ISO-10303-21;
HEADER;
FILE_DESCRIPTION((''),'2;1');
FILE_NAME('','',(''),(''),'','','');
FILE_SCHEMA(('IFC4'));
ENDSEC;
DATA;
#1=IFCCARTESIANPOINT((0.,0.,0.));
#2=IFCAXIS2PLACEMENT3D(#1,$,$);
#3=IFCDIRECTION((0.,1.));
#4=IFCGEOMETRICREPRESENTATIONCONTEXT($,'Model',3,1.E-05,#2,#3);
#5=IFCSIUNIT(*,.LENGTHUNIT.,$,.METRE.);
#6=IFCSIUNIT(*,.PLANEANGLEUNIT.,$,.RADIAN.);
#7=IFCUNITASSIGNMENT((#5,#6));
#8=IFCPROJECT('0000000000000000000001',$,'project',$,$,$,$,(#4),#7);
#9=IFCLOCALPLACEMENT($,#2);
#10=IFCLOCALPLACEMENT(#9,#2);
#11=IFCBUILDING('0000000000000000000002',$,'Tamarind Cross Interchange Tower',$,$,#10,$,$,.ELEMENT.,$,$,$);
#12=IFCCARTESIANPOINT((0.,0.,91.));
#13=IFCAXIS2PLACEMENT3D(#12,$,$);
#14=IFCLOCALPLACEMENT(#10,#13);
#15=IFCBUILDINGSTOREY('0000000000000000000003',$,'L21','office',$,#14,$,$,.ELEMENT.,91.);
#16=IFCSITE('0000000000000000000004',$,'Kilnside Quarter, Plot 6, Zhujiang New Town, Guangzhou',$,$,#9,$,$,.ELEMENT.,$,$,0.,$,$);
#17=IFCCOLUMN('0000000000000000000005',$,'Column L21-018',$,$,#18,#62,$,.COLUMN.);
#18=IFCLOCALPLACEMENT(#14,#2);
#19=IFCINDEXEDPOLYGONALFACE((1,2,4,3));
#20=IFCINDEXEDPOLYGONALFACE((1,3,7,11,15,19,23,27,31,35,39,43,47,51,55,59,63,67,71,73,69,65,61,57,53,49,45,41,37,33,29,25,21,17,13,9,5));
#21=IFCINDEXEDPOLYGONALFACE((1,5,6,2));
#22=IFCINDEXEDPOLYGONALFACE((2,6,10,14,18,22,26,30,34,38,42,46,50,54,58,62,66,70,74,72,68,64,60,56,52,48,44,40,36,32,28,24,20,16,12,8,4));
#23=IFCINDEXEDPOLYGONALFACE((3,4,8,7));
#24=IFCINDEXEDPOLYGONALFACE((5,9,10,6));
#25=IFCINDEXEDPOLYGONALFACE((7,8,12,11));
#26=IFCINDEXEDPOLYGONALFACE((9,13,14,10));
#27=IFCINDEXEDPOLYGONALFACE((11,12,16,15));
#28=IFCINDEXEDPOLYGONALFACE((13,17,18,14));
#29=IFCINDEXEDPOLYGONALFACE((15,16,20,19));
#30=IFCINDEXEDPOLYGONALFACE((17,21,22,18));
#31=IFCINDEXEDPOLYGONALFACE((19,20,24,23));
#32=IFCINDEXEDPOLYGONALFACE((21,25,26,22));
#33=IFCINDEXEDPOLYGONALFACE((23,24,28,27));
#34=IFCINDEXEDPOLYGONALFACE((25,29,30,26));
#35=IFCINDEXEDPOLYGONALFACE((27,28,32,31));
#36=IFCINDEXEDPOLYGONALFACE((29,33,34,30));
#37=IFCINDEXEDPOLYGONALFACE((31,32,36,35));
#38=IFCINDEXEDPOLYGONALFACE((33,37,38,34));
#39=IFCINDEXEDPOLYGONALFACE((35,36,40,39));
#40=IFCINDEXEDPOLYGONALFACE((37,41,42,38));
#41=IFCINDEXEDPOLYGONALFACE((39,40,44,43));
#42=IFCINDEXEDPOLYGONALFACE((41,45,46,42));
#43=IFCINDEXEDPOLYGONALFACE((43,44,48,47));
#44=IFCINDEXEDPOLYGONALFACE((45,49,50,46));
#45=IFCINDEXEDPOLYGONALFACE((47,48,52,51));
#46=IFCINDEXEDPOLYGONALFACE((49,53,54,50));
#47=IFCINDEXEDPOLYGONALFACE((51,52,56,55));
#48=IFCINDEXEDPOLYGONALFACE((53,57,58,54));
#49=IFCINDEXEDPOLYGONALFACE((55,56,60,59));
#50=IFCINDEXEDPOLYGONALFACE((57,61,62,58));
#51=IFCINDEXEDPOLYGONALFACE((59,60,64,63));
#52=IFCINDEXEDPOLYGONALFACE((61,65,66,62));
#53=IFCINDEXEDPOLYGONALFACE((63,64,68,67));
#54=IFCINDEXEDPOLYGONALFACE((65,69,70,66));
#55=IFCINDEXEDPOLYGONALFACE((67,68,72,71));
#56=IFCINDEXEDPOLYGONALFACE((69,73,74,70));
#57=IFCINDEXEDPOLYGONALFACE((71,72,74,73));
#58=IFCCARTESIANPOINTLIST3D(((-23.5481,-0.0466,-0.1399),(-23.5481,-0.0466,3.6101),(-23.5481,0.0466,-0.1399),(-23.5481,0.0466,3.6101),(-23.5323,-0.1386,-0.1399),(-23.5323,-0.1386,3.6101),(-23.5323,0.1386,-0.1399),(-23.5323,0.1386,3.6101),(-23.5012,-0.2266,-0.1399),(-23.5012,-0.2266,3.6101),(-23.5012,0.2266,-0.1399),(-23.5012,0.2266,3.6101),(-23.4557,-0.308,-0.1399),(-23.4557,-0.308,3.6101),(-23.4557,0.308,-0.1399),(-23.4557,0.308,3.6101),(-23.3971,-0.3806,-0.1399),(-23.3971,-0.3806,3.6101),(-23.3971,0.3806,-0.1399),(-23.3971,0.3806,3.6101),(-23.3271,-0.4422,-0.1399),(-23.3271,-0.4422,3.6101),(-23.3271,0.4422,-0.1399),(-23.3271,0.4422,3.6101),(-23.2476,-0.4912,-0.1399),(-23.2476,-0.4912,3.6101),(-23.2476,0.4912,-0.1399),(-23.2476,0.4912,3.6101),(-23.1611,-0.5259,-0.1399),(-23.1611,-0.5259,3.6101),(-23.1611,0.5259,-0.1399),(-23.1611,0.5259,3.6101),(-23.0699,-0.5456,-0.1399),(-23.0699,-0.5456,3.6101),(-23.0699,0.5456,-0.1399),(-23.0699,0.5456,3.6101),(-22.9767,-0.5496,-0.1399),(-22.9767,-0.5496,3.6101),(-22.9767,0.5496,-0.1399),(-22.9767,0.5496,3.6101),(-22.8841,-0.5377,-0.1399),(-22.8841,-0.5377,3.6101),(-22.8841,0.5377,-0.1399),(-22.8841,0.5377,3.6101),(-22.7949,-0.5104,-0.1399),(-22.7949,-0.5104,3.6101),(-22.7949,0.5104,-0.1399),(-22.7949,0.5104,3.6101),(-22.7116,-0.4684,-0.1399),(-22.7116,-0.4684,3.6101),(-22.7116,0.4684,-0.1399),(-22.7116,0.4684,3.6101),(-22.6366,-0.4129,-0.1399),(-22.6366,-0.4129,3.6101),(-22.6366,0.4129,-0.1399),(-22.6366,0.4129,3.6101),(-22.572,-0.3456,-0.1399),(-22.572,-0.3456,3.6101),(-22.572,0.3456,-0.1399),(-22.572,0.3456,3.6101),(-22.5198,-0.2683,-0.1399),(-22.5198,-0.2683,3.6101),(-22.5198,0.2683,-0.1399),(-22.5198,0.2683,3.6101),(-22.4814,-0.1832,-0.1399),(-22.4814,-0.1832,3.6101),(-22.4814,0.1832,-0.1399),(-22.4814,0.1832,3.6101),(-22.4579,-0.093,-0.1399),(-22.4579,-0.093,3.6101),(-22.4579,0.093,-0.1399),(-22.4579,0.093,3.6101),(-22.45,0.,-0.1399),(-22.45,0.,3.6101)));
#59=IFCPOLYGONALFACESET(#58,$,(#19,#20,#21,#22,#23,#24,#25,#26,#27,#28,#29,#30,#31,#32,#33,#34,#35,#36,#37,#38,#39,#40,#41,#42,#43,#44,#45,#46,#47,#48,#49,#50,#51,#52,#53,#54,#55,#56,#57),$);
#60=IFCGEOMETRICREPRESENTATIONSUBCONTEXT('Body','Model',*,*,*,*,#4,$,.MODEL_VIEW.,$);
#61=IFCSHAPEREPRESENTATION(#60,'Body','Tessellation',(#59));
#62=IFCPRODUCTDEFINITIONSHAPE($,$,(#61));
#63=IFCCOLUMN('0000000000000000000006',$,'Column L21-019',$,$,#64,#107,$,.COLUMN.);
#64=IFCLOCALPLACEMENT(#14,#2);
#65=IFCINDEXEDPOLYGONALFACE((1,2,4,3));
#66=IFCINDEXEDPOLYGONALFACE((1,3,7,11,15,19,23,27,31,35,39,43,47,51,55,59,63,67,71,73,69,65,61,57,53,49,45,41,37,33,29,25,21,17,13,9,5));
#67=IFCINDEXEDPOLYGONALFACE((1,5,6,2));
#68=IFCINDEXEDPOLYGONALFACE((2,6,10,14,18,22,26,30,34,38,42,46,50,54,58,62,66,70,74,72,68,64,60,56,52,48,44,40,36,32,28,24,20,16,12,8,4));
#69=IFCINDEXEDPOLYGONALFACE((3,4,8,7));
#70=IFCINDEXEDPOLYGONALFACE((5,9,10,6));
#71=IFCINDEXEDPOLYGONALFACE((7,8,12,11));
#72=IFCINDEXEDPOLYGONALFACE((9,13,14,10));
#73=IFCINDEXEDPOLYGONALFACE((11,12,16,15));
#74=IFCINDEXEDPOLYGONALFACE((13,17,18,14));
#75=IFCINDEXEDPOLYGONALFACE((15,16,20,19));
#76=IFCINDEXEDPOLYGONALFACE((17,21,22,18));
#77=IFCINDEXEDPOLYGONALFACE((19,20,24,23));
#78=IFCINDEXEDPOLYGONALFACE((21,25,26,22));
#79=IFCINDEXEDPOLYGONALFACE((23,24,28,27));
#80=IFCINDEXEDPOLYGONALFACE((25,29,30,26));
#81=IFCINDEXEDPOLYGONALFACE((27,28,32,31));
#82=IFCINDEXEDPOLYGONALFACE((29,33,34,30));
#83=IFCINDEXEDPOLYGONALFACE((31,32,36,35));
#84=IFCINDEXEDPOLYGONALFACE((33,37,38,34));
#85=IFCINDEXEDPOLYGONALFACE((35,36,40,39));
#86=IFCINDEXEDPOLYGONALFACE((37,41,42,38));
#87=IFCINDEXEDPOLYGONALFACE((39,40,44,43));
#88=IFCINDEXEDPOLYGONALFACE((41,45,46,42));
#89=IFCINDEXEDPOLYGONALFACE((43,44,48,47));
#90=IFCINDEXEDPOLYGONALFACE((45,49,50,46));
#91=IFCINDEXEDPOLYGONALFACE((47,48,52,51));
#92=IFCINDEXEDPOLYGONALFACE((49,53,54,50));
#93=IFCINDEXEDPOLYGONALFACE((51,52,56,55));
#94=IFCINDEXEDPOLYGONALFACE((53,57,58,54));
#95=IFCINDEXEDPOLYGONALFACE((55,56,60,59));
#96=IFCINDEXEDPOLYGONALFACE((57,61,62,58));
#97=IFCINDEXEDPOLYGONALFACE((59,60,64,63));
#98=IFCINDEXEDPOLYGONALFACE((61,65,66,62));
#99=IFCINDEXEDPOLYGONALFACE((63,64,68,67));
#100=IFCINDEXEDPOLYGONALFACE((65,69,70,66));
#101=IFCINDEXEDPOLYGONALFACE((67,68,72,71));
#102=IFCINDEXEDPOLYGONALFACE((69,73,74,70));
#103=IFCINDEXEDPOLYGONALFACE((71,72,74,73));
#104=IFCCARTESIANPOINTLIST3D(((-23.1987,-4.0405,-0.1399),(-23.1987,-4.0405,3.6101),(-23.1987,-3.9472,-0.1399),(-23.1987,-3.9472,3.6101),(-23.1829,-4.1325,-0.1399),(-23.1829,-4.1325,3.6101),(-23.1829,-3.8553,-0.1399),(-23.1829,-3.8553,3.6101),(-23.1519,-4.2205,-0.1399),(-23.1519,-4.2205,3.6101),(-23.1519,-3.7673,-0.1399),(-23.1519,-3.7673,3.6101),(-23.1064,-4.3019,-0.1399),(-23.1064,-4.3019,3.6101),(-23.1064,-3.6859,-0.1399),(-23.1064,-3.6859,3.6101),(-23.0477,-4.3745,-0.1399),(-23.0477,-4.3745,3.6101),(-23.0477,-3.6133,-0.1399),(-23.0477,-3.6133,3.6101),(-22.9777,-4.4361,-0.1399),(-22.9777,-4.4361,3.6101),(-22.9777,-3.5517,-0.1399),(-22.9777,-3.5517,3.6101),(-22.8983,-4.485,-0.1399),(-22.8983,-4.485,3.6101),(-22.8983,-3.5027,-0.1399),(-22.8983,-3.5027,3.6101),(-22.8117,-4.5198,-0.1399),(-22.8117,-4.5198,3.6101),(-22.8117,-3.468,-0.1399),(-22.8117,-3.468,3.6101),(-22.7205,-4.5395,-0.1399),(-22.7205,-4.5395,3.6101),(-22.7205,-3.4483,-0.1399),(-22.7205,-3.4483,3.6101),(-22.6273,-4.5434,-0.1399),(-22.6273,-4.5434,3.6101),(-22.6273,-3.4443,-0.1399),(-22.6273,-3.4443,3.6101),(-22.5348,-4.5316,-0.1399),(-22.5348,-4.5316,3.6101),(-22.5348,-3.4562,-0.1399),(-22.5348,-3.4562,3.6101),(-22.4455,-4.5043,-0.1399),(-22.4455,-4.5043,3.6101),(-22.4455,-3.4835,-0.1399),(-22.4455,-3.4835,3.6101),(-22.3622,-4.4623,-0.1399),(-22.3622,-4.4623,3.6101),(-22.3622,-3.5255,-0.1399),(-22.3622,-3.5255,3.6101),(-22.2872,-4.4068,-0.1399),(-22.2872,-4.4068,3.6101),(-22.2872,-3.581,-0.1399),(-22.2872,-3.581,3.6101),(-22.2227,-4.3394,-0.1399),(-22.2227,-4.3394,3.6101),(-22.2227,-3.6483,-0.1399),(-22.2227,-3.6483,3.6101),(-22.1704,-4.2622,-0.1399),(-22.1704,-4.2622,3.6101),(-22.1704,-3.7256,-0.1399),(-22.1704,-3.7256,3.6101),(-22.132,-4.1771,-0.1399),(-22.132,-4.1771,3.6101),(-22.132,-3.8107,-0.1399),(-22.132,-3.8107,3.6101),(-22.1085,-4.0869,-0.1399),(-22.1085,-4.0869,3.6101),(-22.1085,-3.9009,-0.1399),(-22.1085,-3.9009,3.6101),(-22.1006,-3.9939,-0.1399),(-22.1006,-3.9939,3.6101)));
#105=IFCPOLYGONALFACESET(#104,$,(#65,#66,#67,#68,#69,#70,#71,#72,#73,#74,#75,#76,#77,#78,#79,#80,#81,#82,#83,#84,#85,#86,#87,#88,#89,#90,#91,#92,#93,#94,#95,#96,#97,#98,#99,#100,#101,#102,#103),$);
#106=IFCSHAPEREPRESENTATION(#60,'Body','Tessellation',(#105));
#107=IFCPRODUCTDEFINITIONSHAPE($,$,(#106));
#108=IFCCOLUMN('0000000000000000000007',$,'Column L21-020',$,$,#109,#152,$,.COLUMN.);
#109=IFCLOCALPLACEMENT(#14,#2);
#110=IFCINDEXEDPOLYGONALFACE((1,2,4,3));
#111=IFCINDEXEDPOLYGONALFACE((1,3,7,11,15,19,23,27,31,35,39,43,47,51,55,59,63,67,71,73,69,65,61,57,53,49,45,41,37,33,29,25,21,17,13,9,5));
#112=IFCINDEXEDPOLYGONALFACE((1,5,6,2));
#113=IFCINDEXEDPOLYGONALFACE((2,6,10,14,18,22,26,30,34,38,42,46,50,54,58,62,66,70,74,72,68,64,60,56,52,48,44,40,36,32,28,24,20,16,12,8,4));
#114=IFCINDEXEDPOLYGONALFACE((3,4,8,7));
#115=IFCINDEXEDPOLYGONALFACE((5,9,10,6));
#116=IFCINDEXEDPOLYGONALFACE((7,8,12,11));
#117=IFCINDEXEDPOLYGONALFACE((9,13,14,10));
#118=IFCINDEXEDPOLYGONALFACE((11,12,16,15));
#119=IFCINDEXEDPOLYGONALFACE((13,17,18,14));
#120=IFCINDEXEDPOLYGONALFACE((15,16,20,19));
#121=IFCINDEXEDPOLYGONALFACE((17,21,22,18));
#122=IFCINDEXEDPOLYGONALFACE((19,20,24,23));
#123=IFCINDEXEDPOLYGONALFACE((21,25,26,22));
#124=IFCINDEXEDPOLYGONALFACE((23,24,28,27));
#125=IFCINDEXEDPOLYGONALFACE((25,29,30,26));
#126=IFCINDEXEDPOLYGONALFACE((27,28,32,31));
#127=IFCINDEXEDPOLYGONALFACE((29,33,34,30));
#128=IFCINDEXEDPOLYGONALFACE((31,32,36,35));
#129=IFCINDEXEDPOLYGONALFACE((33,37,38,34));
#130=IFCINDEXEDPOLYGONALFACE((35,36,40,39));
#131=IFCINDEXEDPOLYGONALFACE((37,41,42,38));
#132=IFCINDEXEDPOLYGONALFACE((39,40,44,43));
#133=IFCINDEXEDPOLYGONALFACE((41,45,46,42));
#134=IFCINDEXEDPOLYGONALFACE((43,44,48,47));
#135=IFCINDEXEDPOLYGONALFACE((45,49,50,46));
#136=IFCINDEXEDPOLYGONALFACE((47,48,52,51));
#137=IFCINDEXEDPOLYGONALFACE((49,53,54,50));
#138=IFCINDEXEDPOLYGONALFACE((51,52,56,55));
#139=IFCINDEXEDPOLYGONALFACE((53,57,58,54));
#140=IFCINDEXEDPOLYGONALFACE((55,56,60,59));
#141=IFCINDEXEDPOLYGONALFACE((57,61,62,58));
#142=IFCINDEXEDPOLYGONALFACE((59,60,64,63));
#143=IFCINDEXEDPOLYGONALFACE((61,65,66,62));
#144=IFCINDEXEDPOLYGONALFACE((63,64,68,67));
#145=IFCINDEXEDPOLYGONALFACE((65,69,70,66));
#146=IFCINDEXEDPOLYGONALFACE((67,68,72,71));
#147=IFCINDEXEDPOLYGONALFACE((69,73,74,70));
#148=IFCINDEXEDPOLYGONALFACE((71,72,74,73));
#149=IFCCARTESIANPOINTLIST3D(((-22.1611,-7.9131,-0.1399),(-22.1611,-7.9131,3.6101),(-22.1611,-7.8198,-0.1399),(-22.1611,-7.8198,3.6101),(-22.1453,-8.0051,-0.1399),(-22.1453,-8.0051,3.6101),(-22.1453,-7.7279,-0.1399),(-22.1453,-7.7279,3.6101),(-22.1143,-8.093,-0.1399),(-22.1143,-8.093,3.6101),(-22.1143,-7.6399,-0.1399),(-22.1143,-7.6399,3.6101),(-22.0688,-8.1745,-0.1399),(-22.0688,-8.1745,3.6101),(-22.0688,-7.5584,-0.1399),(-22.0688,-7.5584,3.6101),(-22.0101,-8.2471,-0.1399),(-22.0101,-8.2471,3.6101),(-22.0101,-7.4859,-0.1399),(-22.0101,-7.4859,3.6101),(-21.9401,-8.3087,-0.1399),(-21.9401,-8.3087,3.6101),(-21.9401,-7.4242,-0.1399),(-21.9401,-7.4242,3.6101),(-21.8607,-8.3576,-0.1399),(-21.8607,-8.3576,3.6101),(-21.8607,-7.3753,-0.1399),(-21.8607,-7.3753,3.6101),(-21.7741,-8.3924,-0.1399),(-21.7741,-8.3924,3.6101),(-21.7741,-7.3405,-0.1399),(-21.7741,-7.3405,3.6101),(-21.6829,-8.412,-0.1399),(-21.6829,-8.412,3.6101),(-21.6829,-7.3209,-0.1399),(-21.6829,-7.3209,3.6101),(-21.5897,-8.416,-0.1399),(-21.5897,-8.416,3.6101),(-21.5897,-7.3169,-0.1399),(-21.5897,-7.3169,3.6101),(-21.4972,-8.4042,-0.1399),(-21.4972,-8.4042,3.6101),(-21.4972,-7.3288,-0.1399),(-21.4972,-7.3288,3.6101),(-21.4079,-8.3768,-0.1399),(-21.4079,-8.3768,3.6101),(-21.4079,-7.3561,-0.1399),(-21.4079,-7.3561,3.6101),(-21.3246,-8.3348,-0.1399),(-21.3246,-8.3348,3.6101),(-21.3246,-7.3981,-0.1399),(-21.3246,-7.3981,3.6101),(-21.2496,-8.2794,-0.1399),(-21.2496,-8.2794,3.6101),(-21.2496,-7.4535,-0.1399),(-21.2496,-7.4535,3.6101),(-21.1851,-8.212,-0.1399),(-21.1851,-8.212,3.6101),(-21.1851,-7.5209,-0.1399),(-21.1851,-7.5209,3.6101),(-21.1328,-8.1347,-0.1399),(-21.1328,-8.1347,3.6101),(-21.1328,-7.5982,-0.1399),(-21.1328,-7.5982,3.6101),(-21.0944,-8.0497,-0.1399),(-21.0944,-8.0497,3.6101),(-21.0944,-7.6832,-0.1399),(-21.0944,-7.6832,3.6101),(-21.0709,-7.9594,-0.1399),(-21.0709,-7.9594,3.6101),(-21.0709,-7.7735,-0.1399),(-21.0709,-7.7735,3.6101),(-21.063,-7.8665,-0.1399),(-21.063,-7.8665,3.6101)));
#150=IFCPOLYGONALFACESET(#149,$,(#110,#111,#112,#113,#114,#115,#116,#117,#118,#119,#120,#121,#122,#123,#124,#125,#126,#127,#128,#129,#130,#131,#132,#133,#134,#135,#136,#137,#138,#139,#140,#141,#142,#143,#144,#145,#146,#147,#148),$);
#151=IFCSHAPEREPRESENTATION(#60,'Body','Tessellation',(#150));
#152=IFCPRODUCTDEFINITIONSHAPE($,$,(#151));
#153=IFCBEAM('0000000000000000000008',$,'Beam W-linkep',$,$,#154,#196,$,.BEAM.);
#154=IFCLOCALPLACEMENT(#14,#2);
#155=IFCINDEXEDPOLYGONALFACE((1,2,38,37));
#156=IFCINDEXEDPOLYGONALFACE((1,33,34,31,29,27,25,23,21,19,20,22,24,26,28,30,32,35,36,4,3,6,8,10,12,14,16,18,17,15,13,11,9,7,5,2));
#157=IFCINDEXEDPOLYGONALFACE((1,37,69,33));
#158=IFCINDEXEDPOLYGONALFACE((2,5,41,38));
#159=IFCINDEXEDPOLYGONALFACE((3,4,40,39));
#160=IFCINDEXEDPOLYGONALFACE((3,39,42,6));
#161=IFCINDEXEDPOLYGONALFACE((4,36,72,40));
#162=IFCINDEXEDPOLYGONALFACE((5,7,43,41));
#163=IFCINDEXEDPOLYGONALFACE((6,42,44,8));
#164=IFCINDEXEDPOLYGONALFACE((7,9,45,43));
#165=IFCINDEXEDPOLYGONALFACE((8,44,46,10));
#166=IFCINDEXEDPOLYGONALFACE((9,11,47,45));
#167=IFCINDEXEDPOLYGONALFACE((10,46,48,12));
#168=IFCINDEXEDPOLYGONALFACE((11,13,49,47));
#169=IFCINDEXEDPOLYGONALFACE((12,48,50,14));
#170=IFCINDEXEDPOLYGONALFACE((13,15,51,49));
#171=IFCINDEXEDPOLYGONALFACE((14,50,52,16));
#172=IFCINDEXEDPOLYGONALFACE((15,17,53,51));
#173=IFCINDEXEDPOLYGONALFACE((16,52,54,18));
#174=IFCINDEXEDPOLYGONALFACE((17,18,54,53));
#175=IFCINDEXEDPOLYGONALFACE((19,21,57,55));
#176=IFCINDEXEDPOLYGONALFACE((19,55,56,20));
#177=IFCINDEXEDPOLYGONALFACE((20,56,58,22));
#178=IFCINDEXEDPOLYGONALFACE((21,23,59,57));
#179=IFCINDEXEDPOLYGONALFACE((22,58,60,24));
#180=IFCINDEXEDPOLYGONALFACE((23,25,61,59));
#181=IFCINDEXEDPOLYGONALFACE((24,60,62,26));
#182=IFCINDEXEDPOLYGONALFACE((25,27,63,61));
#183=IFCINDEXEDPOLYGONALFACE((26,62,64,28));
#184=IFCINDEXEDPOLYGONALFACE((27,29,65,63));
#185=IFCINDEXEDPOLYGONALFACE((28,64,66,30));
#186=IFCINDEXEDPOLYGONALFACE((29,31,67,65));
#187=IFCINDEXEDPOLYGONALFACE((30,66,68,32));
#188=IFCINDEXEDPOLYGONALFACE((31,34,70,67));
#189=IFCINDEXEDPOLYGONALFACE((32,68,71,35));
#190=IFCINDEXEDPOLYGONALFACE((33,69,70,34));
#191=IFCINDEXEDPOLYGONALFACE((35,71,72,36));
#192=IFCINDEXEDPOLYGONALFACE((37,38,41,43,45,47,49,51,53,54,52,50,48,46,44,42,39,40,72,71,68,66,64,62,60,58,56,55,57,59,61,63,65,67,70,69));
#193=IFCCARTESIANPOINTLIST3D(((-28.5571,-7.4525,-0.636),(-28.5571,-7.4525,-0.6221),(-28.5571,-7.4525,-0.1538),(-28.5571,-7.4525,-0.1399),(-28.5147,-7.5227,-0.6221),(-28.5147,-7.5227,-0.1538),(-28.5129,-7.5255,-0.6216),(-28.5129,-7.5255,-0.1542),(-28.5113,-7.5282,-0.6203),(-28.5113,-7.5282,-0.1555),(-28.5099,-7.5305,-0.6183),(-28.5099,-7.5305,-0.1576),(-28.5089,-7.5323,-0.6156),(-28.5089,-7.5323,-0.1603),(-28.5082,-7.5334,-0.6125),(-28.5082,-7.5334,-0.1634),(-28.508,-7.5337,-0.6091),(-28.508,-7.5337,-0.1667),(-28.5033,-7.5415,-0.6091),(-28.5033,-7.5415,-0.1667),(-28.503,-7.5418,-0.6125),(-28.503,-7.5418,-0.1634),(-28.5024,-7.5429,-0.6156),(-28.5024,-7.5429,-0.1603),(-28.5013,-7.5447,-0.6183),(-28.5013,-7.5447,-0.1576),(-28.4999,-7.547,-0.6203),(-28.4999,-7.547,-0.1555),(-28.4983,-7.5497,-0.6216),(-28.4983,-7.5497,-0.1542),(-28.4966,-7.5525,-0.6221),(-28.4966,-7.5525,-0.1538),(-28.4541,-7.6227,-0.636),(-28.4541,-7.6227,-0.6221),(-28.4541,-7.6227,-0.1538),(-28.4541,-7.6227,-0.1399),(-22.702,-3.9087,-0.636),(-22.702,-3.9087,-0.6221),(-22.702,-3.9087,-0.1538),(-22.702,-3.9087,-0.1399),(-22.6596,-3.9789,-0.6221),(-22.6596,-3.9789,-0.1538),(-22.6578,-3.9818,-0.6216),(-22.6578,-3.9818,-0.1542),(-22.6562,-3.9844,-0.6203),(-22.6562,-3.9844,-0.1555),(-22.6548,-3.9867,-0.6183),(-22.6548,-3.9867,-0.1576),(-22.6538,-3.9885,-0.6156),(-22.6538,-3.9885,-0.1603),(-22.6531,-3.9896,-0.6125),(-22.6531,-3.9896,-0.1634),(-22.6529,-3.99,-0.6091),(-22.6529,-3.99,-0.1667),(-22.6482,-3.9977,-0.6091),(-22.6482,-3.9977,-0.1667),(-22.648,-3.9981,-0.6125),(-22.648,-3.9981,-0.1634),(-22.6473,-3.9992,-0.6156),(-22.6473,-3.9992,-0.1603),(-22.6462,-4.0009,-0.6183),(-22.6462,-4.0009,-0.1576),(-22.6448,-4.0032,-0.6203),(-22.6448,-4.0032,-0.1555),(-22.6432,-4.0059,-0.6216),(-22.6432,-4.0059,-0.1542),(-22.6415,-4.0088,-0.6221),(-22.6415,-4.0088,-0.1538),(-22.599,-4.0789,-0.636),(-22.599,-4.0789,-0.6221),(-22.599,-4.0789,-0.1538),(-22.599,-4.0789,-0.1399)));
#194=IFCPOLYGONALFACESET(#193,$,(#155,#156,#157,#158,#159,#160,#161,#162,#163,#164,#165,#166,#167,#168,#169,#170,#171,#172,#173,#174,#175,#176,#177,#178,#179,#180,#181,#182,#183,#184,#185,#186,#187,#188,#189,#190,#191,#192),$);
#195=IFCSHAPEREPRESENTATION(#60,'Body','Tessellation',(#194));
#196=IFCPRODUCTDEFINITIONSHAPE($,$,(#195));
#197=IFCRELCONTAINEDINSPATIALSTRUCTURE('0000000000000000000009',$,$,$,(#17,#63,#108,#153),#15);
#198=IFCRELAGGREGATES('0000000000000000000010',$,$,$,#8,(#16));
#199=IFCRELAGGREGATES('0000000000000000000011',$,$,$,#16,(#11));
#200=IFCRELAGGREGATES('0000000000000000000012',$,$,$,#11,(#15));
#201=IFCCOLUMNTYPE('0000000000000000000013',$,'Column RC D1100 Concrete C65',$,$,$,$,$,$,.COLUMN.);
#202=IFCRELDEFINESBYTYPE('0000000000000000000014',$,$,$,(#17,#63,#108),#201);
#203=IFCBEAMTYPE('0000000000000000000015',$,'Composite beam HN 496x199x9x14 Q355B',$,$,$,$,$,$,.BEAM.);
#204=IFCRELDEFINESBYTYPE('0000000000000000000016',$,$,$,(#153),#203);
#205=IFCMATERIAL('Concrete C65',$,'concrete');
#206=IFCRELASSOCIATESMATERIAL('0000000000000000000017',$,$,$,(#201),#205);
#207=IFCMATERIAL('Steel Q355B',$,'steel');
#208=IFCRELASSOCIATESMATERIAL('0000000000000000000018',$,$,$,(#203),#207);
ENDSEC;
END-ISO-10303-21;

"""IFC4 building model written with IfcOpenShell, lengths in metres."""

from ifc_helpers import new_model, si_unit, direction, frame, origin, origin_2d, place, context, subcontext, project, spatial, circle, i_section, extrude, material, material_profile, profile_set, type_object, element, save


model = new_model("IFC4")

# Units and contexts
model_context = context("Model", 3, precision=1e-05, world=origin(), true_north=direction((0.0, 1.0)))
body_context = subcontext(model_context, "Body", "Model", "MODEL_VIEW")
ifc_project = project(units=[si_unit("LENGTHUNIT", "METRE"), si_unit("PLANEANGLEUNIT", "RADIAN")], contexts=[model_context])

# Site, building, storey
site_placement = place(None, origin())
site = spatial("IfcSite", under=ifc_project, at=site_placement, Name="Kilnside Quarter, Plot 6, Zhujiang New Town, Guangzhou", CompositionType="ELEMENT", RefElevation=0.0)
building_placement = place(site_placement, origin())
building = spatial("IfcBuilding", under=site, at=building_placement, Name="Tamarind Cross Interchange Tower", CompositionType="ELEMENT")
storey_placement = place(building_placement, frame((0.0, 0.0, 91.0)))
storey = spatial("IfcBuildingStorey", under=building, at=storey_placement, Name="L21", Description="office", CompositionType="ELEMENT", Elevation=91.0)

# Columns
ifc_material_1 = material(Name="Concrete C65", Category="concrete")
ifc_material_profile_1 = material_profile(ifc_material_1, circle(Radius=0.55, at=origin_2d()), Name="RC D1100")
ifc_profile_set_1 = profile_set([ifc_material_profile_1], Name="Concrete C65")
column_type = type_object("IfcColumnType", Name="Column RC D1100 Concrete C65", PredefinedType="COLUMN", material=ifc_profile_set_1)
for number, where, z_axis, x_axis, name in (
    (1, (-23.0, 0.0, -0.1399), (0.0, 0.0, 1.0), (1.0, 0.0, 0.0), "Column L21-018"),
    (2, (-22.6506, -3.9939, -0.1399), (0.0, 0.0, 1.0), (1.0, 0.0, 0.0), "Column L21-019"),
    (3, (-21.613, -7.8665, -0.1399), (0.0, 0.0, 1.0), (1.0, 0.0, 0.0), "Column L21-020"),
):
    element("IfcColumn", number, at=place(storey_placement, frame(where, z_axis=z_axis, x_axis=x_axis)), inside=storey, type_object=column_type, Name=name, PredefinedType="COLUMN", context=body_context, shape_type="SweptSolid", body=[
        extrude(circle(Radius=0.55, at=origin_2d()), origin(), (0.0, 0.0, 1.0), 3.75),
    ])

# Beam
ifc_material_2 = material(Name="Steel Q355B", Category="steel")
ifc_material_profile_2 = material_profile(ifc_material_2, i_section(OverallWidth=0.199, OverallDepth=0.4961, WebThickness=0.009, FlangeThickness=0.0139, FilletRadius=0.0129, at=origin_2d()), Name="HN 496x199x9x14")
ifc_profile_set_2 = profile_set([ifc_material_profile_2], Name="Steel Q355B")
beam_type_1 = type_object("IfcBeamType", Name="Composite beam HN 496x199x9x14 Q355B", PredefinedType="BEAM", material=ifc_profile_set_2)
beam_1_placement = place(storey_placement, frame((-28.5056, -7.5376, -0.3879), z_axis=(0.855507, 0.517792, 0.0), x_axis=(-0.517792, 0.855507, 0.0)))
element("IfcBeam", 4, at=beam_1_placement, inside=storey, type_object=beam_type_1, Name="Beam W-linkep", PredefinedType="BEAM", context=body_context, shape_type="SweptSolid", body=[
    extrude(i_section(OverallWidth=0.199, OverallDepth=0.4961, WebThickness=0.009, FlangeThickness=0.0139, FilletRadius=0.0129, at=origin_2d()), origin(), (0.0, 0.0, 1.0), 6.844),
])

save(model, "model.ifc")
